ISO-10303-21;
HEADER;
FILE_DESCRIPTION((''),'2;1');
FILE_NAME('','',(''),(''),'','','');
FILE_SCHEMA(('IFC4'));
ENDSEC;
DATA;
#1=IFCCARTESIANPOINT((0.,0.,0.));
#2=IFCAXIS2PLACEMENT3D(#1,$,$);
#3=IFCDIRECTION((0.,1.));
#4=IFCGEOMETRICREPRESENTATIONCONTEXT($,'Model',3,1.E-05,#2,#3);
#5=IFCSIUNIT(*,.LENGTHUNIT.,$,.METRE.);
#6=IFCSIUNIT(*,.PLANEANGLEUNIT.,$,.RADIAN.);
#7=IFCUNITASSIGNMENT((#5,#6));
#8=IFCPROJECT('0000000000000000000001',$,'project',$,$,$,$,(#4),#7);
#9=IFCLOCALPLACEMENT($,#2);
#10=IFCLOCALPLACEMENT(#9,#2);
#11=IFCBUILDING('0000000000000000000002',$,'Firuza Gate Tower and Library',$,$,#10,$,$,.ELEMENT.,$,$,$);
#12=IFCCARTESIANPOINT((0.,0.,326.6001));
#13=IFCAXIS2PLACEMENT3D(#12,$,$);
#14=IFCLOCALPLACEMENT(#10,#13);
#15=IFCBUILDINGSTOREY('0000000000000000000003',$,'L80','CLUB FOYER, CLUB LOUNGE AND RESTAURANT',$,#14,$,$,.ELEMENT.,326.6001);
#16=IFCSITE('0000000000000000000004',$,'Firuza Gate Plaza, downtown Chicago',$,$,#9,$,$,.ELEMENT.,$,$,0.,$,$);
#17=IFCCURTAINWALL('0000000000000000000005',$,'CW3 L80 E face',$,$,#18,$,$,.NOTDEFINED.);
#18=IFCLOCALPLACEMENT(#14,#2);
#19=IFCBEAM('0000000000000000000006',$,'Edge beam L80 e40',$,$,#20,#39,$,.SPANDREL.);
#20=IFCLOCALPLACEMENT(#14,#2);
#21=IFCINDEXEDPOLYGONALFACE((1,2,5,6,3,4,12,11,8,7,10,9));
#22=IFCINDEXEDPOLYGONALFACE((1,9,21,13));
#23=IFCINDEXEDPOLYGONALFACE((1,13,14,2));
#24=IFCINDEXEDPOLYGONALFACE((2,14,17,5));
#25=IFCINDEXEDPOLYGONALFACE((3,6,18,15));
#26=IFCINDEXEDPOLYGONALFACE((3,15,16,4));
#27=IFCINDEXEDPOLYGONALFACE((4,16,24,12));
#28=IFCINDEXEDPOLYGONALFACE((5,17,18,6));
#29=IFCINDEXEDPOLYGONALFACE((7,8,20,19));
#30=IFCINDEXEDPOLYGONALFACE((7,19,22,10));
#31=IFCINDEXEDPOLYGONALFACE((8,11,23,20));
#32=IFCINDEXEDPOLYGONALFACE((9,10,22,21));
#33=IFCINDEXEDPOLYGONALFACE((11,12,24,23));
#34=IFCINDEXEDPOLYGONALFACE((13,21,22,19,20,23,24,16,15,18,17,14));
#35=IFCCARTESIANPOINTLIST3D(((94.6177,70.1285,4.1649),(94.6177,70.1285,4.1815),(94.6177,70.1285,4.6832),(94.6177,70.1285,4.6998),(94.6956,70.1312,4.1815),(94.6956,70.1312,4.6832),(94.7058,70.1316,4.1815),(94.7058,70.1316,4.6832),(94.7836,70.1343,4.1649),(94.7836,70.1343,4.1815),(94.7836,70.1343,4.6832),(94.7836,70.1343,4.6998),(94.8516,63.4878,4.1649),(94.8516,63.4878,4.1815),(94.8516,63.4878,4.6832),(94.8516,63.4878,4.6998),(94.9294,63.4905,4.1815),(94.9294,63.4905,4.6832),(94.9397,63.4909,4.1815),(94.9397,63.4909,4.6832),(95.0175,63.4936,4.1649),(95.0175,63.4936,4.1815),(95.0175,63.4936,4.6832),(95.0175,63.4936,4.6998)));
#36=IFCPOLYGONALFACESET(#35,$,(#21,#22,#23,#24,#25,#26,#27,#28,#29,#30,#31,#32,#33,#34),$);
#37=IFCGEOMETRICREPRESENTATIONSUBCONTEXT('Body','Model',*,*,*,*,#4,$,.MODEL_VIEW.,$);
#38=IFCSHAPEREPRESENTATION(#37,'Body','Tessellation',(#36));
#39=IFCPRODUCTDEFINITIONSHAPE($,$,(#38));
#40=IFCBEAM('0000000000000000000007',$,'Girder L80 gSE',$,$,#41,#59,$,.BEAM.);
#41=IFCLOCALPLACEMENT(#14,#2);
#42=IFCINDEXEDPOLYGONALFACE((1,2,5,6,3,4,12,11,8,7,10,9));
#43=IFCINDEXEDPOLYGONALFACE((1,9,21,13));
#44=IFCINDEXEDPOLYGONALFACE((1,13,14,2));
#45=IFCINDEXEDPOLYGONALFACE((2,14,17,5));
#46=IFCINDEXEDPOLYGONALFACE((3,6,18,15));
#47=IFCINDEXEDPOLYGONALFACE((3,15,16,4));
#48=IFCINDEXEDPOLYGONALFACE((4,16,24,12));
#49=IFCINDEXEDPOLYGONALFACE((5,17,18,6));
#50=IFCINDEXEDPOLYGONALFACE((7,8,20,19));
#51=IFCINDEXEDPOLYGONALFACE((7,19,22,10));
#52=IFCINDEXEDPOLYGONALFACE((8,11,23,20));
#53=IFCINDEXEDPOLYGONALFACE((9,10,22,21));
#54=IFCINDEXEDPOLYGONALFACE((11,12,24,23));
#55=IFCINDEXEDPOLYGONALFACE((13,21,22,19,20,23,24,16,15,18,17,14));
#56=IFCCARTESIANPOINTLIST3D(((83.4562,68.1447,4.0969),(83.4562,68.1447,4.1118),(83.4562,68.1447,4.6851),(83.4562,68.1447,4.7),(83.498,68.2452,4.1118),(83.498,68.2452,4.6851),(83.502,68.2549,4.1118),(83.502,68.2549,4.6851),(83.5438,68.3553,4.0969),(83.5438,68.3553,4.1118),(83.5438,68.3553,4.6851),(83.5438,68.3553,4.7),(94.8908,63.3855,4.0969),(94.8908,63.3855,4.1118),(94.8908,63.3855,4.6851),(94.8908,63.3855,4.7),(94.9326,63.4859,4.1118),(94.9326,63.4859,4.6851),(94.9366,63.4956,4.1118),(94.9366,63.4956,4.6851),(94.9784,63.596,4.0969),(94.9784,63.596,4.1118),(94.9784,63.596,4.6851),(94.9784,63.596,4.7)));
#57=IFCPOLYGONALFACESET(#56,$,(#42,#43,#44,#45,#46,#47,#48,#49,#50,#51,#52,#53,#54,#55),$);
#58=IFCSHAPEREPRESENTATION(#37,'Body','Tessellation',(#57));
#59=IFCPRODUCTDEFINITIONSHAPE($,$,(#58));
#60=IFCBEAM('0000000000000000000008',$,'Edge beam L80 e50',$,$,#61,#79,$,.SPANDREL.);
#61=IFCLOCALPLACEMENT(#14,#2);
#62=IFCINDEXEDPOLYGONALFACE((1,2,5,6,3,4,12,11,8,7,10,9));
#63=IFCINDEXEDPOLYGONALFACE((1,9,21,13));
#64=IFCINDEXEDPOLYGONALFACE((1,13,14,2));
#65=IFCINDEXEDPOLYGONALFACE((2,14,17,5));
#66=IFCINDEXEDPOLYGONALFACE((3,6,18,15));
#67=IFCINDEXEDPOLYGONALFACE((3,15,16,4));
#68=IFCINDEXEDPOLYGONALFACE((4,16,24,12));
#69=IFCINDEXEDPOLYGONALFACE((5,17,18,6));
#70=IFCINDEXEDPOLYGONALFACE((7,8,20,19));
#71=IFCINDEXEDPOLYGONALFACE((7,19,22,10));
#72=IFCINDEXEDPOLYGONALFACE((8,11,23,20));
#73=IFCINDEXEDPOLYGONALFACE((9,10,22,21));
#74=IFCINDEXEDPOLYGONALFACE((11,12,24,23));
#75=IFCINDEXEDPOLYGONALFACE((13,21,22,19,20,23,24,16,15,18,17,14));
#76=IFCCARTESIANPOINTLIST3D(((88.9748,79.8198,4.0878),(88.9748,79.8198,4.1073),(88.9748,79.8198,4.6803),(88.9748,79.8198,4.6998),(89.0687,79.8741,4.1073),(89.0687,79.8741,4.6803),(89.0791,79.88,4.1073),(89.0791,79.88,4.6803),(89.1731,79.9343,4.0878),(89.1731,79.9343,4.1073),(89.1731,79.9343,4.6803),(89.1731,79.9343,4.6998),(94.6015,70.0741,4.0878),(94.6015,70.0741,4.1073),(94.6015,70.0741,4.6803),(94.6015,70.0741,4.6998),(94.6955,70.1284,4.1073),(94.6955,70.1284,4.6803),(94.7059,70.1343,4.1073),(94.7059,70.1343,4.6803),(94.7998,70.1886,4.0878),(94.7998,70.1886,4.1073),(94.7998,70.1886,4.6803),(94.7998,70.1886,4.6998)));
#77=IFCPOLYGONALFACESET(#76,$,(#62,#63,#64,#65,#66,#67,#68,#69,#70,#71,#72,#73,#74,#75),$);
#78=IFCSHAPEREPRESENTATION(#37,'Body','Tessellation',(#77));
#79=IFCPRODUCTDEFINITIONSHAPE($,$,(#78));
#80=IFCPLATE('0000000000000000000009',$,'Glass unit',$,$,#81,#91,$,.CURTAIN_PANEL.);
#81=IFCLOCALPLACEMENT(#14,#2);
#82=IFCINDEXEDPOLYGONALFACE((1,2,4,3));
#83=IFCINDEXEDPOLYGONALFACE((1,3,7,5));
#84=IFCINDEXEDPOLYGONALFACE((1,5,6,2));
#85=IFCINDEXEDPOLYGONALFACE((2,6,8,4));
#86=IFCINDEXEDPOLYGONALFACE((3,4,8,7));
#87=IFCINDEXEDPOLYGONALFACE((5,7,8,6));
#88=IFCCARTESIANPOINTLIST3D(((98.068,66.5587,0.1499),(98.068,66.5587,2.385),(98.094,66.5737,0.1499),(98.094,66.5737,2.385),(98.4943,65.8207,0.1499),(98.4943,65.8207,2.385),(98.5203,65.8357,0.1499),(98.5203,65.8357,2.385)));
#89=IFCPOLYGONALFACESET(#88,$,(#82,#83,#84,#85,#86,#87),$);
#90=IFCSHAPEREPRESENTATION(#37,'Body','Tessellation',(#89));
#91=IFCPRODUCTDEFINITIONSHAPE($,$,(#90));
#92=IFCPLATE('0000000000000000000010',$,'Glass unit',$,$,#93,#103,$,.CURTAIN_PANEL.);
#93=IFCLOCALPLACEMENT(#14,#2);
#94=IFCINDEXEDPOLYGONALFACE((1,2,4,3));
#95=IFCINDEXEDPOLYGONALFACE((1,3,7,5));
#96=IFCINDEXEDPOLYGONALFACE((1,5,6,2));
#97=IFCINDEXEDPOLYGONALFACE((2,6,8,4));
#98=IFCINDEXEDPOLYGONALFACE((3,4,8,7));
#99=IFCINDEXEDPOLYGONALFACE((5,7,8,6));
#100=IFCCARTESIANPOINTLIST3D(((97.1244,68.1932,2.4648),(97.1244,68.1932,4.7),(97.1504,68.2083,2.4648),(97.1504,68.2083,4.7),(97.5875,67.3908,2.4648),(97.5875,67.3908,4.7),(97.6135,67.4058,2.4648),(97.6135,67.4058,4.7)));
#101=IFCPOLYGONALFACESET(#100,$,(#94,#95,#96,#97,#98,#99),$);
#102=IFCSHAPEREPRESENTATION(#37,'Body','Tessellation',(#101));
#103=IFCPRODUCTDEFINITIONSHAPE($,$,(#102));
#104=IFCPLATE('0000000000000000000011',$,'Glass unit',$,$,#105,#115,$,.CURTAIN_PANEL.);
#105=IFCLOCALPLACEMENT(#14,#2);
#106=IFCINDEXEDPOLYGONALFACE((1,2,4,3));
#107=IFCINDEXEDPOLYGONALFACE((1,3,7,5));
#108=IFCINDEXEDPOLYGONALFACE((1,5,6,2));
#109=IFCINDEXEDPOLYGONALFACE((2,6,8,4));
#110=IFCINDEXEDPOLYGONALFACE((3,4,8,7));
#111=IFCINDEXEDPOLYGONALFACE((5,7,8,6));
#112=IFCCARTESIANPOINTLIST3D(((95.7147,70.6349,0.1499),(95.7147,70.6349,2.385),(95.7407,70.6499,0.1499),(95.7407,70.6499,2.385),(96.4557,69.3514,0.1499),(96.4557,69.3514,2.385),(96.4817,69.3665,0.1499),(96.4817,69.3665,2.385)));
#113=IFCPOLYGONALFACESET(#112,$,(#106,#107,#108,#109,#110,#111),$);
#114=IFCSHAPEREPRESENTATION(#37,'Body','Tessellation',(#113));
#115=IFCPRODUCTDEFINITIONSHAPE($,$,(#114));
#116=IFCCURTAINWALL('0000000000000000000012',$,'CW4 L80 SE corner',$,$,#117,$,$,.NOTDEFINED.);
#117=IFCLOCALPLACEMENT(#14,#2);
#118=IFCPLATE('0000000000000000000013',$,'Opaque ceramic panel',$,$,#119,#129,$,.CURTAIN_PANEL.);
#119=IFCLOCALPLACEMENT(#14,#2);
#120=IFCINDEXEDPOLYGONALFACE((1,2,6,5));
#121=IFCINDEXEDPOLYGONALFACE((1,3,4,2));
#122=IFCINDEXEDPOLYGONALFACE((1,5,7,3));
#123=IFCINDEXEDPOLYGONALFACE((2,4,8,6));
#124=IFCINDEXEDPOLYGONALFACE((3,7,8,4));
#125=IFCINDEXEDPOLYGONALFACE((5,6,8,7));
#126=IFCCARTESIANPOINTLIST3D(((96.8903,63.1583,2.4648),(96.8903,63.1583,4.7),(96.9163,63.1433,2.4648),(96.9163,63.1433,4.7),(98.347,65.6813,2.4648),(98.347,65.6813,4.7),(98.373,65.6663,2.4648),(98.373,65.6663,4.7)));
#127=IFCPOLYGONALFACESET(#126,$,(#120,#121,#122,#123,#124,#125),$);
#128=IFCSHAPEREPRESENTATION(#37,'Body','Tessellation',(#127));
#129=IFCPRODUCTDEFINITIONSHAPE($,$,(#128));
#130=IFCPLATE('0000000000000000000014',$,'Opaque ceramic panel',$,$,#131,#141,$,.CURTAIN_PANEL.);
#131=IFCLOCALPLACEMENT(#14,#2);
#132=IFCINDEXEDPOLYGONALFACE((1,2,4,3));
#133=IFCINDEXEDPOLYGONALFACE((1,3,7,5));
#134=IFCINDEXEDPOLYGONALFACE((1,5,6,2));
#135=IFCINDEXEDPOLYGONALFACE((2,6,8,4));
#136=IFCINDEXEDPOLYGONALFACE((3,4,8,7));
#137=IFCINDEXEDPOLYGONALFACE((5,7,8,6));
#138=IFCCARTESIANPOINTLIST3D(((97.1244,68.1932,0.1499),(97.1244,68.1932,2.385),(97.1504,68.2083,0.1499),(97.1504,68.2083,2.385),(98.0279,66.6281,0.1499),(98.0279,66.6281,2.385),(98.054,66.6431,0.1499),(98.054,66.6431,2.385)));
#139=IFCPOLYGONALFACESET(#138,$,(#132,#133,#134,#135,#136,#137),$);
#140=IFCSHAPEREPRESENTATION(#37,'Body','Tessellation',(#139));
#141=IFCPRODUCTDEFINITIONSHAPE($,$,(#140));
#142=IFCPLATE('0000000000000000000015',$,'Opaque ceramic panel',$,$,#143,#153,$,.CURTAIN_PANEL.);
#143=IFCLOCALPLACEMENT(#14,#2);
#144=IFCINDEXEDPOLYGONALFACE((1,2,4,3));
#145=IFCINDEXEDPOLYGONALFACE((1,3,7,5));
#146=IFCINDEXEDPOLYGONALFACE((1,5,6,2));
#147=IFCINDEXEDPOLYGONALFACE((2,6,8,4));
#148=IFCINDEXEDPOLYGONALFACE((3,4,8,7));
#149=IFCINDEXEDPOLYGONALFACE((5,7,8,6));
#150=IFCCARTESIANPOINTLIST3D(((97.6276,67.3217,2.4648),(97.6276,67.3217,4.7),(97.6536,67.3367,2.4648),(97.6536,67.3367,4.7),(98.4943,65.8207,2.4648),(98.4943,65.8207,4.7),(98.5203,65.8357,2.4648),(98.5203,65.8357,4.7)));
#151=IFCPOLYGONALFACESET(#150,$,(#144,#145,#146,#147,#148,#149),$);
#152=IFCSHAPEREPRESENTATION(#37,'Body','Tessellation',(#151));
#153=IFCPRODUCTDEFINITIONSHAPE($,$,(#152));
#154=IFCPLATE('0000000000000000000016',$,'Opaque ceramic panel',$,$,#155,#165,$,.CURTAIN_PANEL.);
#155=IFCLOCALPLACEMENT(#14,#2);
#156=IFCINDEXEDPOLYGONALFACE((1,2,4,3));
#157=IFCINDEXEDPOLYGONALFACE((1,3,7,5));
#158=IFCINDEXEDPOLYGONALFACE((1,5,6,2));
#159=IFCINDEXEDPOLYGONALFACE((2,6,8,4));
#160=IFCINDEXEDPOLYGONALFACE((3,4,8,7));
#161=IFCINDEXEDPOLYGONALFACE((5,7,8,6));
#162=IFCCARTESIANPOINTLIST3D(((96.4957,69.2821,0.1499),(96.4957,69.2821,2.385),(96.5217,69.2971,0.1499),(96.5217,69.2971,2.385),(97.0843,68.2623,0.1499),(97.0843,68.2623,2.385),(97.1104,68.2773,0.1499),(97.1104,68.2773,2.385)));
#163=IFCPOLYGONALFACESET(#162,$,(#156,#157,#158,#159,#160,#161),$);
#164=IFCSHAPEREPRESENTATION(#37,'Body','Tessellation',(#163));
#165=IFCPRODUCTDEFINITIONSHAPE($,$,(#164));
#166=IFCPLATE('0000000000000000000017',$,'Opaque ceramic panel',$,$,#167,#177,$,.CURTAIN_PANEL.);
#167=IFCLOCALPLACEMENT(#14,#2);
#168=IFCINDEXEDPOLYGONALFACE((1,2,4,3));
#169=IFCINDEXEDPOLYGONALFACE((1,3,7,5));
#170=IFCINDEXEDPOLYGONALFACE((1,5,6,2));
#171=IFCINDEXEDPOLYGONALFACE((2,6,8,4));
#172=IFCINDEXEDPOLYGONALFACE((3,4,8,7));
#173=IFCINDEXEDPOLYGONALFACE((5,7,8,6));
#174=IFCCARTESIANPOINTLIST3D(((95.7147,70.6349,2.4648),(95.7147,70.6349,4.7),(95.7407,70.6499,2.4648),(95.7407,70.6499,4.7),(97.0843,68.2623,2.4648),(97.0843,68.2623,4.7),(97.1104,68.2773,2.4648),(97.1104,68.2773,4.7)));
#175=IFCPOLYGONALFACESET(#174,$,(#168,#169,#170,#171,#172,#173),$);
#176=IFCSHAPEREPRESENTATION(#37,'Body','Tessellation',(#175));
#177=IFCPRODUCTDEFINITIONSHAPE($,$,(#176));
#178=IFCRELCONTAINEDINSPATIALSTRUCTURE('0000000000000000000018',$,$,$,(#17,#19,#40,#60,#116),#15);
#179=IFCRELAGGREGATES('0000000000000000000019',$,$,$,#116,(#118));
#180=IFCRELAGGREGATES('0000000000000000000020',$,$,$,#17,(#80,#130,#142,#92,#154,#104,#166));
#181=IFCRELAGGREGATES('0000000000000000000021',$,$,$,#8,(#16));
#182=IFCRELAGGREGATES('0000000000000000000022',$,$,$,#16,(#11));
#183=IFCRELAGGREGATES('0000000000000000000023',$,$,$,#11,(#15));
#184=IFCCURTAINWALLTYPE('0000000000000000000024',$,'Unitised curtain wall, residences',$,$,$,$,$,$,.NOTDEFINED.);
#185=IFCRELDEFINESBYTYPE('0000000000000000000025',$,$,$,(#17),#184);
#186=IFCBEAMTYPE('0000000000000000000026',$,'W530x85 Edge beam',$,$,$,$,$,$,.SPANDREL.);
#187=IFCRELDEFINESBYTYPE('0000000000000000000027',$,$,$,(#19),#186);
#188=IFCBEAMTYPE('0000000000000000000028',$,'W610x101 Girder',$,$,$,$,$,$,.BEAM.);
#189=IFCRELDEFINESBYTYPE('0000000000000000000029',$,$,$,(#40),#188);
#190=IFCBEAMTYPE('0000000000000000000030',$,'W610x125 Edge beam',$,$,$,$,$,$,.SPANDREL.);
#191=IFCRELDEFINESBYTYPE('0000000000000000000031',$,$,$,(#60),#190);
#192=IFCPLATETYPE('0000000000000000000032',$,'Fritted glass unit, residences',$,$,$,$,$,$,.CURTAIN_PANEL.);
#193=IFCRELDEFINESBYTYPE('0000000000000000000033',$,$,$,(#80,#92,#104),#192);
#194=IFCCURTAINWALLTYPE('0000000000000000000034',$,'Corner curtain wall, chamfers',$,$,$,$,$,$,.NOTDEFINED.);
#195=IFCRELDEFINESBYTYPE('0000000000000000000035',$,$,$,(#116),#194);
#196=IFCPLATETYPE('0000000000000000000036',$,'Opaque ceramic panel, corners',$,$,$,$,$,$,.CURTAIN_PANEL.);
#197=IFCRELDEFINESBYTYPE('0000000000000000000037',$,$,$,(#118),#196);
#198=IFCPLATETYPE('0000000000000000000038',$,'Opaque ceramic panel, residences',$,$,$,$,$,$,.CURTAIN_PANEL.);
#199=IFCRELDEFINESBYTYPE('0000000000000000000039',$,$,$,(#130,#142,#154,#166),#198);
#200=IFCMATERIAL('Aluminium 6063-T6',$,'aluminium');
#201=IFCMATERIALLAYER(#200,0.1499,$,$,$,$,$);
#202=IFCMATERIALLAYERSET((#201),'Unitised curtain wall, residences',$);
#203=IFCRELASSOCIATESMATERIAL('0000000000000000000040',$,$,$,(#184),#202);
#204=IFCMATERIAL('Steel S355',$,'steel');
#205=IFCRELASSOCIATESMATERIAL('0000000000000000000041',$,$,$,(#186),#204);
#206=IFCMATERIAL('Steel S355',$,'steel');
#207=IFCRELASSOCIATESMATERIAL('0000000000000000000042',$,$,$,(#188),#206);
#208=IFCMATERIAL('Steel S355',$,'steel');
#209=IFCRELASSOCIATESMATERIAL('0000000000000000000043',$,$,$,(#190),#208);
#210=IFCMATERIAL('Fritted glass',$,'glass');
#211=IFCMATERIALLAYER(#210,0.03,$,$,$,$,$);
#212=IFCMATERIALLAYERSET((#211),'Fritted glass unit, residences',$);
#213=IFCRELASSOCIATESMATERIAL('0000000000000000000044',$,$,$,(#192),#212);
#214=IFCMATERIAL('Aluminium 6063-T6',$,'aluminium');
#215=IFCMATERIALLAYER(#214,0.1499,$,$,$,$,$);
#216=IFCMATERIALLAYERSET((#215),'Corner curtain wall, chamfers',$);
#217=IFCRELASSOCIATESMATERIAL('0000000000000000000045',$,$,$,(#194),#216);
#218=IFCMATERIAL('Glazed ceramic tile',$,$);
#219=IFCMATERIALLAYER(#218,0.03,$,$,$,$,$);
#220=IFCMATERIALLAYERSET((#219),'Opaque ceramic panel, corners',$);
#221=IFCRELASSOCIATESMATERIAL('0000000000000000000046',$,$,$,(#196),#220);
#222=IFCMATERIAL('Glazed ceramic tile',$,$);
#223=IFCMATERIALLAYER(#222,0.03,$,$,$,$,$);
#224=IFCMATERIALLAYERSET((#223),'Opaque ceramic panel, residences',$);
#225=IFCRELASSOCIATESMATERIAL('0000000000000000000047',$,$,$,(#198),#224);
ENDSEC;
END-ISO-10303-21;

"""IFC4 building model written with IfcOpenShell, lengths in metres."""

from ifc_helpers import new_model, si_unit, direction, frame, origin, origin_2d, place, context, subcontext, project, spatial, polyline, i_section, outline, extrude, material, layer, layer_set, material_profile, profile_set, type_object, element, aggregate, save


model = new_model("IFC4")

# Units and contexts
model_context = context("Model", 3, precision=1e-05, world=origin(), true_north=direction((0.0, 1.0)))
body_context = subcontext(model_context, "Body", "Model", "MODEL_VIEW")
ifc_project = project(units=[si_unit("LENGTHUNIT", "METRE"), si_unit("PLANEANGLEUNIT", "RADIAN")], contexts=[model_context])

# Site, building, storey
site_placement = place(None, origin())
site = spatial("IfcSite", under=ifc_project, at=site_placement, Name="Firuza Gate Plaza, downtown Chicago", CompositionType="ELEMENT", RefElevation=0.0)
building_placement = place(site_placement, origin())
building = spatial("IfcBuilding", under=site, at=building_placement, Name="Firuza Gate Tower and Library", CompositionType="ELEMENT")
storey_placement = place(building_placement, frame((0.0, 0.0, 326.6001)))
storey = spatial("IfcBuildingStorey", under=building, at=storey_placement, Name="L80", Description="CLUB FOYER, CLUB LOUNGE AND RESTAURANT", CompositionType="ELEMENT", Elevation=326.6001)

# Curtain wall
ifc_material_1 = material(Name="Aluminium 6063-T6", Category="aluminium")
ifc_layer_1 = layer(ifc_material_1, 0.1499)
ifc_layer_set_1 = layer_set([ifc_layer_1], Name="Unitised curtain wall, residences")
curtain_wall_type_1 = type_object("IfcCurtainWallType", Name="Unitised curtain wall, residences", PredefinedType="NOTDEFINED", material=ifc_layer_set_1)
placement = place(storey_placement, origin())
curtain_wall_1 = element("IfcCurtainWall", 1, at=placement, inside=storey, type_object=curtain_wall_type_1, Name="CW3 L80 E face", PredefinedType="NOTDEFINED")

# Beams
ifc_material_2 = material(Name="Steel S355", Category="steel")
ifc_material_profile_1 = material_profile(ifc_material_2, i_section(OverallWidth=0.166, OverallDepth=0.5349, WebThickness=0.0103, FlangeThickness=0.0166, at=origin_2d()))
ifc_profile_set_1 = profile_set([ifc_material_profile_1], Name="Steel S355")
beam_type_1 = type_object("IfcBeamType", Name="W530x85 Edge beam", PredefinedType="SPANDREL", material=ifc_profile_set_1)
beam_1_placement = place(storey_placement, frame((94.9346, 63.4907, 4.4324), z_axis=(-0.035199, 0.99938, 0.0), x_axis=(-0.99938, -0.035199, 0.0)))
element("IfcBeam", 2, at=beam_1_placement, inside=storey, type_object=beam_type_1, Name="Edge beam L80 e40", PredefinedType="SPANDREL", context=body_context, shape_type="SweptSolid", body=[
    extrude(i_section(OverallWidth=0.166, OverallDepth=0.5349, WebThickness=0.0103, FlangeThickness=0.0166, at=origin_2d()), origin(), (0.0, 0.0, 1.0), 6.6448),
])
ifc_material_3 = material(Name="Steel S355", Category="steel")
ifc_material_profile_2 = material_profile(ifc_material_3, i_section(OverallWidth=0.228, OverallDepth=0.603, WebThickness=0.0105, FlangeThickness=0.0149, at=origin_2d()))
ifc_profile_set_2 = profile_set([ifc_material_profile_2], Name="Steel S355")
beam_type_2 = type_object("IfcBeamType", Name="W610x101 Girder", PredefinedType="BEAM", material=ifc_profile_set_2)
beam_2_placement = place(storey_placement, frame((94.9346, 63.4907, 4.3984), z_axis=(-0.923224, 0.384263, 0.0), x_axis=(-0.384263, -0.923224, 0.0)))
element("IfcBeam", 3, at=beam_2_placement, inside=storey, type_object=beam_type_2, Name="Girder L80 gSE", PredefinedType="BEAM", context=body_context, shape_type="SweptSolid", body=[
    extrude(i_section(OverallWidth=0.228, OverallDepth=0.603, WebThickness=0.0105, FlangeThickness=0.0149, at=origin_2d()), origin(), (0.0, 0.0, 1.0), 12.3855),
])
ifc_material_4 = material(Name="Steel S355", Category="steel")
ifc_material_profile_3 = material_profile(ifc_material_4, i_section(OverallWidth=0.229, OverallDepth=0.6121, WebThickness=0.012, FlangeThickness=0.0195, at=origin_2d()))
ifc_profile_set_3 = profile_set([ifc_material_profile_3], Name="Steel S355")
beam_type_3 = type_object("IfcBeamType", Name="W610x125 Edge beam", PredefinedType="SPANDREL", material=ifc_profile_set_3)
beam_3_placement = place(storey_placement, frame((94.7007, 70.1313, 4.3938), z_axis=(-0.500005, 0.866022, 0.0), x_axis=(-0.866022, -0.500005, 0.0)))
element("IfcBeam", 4, at=beam_3_placement, inside=storey, type_object=beam_type_3, Name="Edge beam L80 e50", PredefinedType="SPANDREL", context=body_context, shape_type="SweptSolid", body=[
    extrude(i_section(OverallWidth=0.229, OverallDepth=0.6121, WebThickness=0.012, FlangeThickness=0.0195, at=origin_2d()), origin(), (0.0, 0.0, 1.0), 11.2534),
])

# Plates
ifc_material_5 = material(Name="Fritted glass", Category="glass")
ifc_layer_2 = layer(ifc_material_5, 0.03)
ifc_layer_set_2 = layer_set([ifc_layer_2], Name="Fritted glass unit, residences")
plate_type_1 = type_object("IfcPlateType", Name="Fritted glass unit, residences", PredefinedType="CURTAIN_PANEL", material=ifc_layer_set_2)
plate_1_placement = place(storey_placement, frame((98.5203, 65.8357, 0.1499), z_axis=(0.865942, 0.500144, 0.0), x_axis=(-0.500144, 0.865942, 0.0)))
plate_1 = element("IfcPlate", 5, at=plate_1_placement, type_object=plate_type_1, Name="Glass unit", PredefinedType="CURTAIN_PANEL", context=body_context, shape_type="SweptSolid", body=[
    extrude(outline(polyline([(0.0, 0.0), (0.8523, 0.0), (0.8523, 2.2351), (0.0, 2.2351), (0.0, 0.0)])), origin(), (0.0, 0.0, -1.0), 0.03),
])
plate_2_placement = place(storey_placement, frame((97.6135, 67.4058, 2.4648), z_axis=(0.866111, 0.499852, 0.0), x_axis=(-0.499852, 0.866111, 0.0)))
plate_2 = element("IfcPlate", 6, at=plate_2_placement, type_object=plate_type_1, Name="Glass unit", PredefinedType="CURTAIN_PANEL", context=body_context, shape_type="SweptSolid", body=[
    extrude(outline(polyline([(0.0, 0.0), (0.9265, 0.0), (0.9265, 2.2351), (0.0, 2.2351), (0.0, 0.0)])), origin(), (0.0, 0.0, -1.0), 0.03),
])
plate_3_placement = place(storey_placement, frame((96.4817, 69.3665, 0.1499), z_axis=(0.866035, 0.499984, 0.0), x_axis=(-0.499984, 0.866035, 0.0)))
plate_3 = element("IfcPlate", 7, at=plate_3_placement, type_object=plate_type_1, Name="Glass unit", PredefinedType="CURTAIN_PANEL", context=body_context, shape_type="SweptSolid", body=[
    extrude(outline(polyline([(0.0, 0.0), (1.482, 0.0), (1.482, 2.2351), (0.0, 2.2351), (0.0, 0.0)])), origin(), (0.0, 0.0, -1.0), 0.03),
])

# Curtain wall, plate
ifc_material_6 = material(Name="Aluminium 6063-T6", Category="aluminium")
ifc_layer_3 = layer(ifc_material_6, 0.1499)
ifc_layer_set_3 = layer_set([ifc_layer_3], Name="Corner curtain wall, chamfers")
curtain_wall_type_2 = type_object("IfcCurtainWallType", Name="Corner curtain wall, chamfers", PredefinedType="NOTDEFINED", material=ifc_layer_set_3)
curtain_wall_2 = element("IfcCurtainWall", 8, at=placement, inside=storey, type_object=curtain_wall_type_2, Name="CW4 L80 SE corner", PredefinedType="NOTDEFINED")
ifc_material_7 = material(Name="Glazed ceramic tile")
ifc_layer_4 = layer(ifc_material_7, 0.03)
ifc_layer_set_4 = layer_set([ifc_layer_4], Name="Opaque ceramic panel, corners")
plate_type_2 = type_object("IfcPlateType", Name="Opaque ceramic panel, corners", PredefinedType="CURTAIN_PANEL", material=ifc_layer_set_4)
plate_4_placement = place(storey_placement, frame((96.9163, 63.1433, 2.4648), z_axis=(0.866001, -0.500042, 0.0), x_axis=(0.500042, 0.866001, 0.0)))
plate_4 = element("IfcPlate", 9, at=plate_4_placement, type_object=plate_type_2, Name="Opaque ceramic panel", PredefinedType="CURTAIN_PANEL", context=body_context, shape_type="SweptSolid", body=[
    extrude(outline(polyline([(0.0, 0.0), (2.9133, 0.0), (2.9133, 2.2351), (0.0, 2.2351), (0.0, 0.0)])), origin(), (0.0, 0.0, -1.0), 0.03),
])
aggregate(curtain_wall_2, [plate_4])

# Plates
ifc_material_8 = material(Name="Glazed ceramic tile")
ifc_layer_5 = layer(ifc_material_8, 0.03)
ifc_layer_set_5 = layer_set([ifc_layer_5], Name="Opaque ceramic panel, residences")
plate_type_3 = type_object("IfcPlateType", Name="Opaque ceramic panel, residences", PredefinedType="CURTAIN_PANEL", material=ifc_layer_set_5)
plate_5_placement = place(storey_placement, frame((98.054, 66.6431, 0.1499), z_axis=(0.866048, 0.49996, 0.0), x_axis=(-0.49996, 0.866048, 0.0)))
plate_5 = element("IfcPlate", 10, at=plate_5_placement, type_object=plate_type_3, Name="Opaque ceramic panel", PredefinedType="CURTAIN_PANEL", context=body_context, shape_type="SweptSolid", body=[
    extrude(outline(polyline([(0.0, 0.0), (1.8073, 0.0), (1.8073, 2.2351), (0.0, 2.2351), (0.0, 0.0)])), origin(), (0.0, 0.0, -1.0), 0.03),
])
plate_6_placement = place(storey_placement, frame((98.5203, 65.8357, 2.4648), z_axis=(0.865998, 0.500048, 0.0), x_axis=(-0.500048, 0.865998, 0.0)))
plate_6 = element("IfcPlate", 11, at=plate_6_placement, type_object=plate_type_3, Name="Opaque ceramic panel", PredefinedType="CURTAIN_PANEL", context=body_context, shape_type="SweptSolid", body=[
    extrude(outline(polyline([(0.0, 0.0), (1.7332, 0.0), (1.7332, 2.2351), (0.0, 2.2351), (0.0, 0.0)])), origin(), (0.0, 0.0, -1.0), 0.03),
])
plate_7_placement = place(storey_placement, frame((97.1104, 68.2773, 0.1499), z_axis=(0.866079, 0.499908, 0.0), x_axis=(-0.499908, 0.866079, 0.0)))
plate_7 = element("IfcPlate", 12, at=plate_7_placement, type_object=plate_type_3, Name="Opaque ceramic panel", PredefinedType="CURTAIN_PANEL", context=body_context, shape_type="SweptSolid", body=[
    extrude(outline(polyline([(0.0, 0.0), (1.1775, 0.0), (1.1775, 2.2351), (0.0, 2.2351), (0.0, 0.0)])), origin(), (0.0, 0.0, -1.0), 0.03),
])
plate_8_placement = place(storey_placement, frame((97.1104, 68.2773, 2.4648), z_axis=(0.866052, 0.499954, 0.0), x_axis=(-0.499954, 0.866052, 0.0)))
plate_8 = element("IfcPlate", 13, at=plate_8_placement, type_object=plate_type_3, Name="Opaque ceramic panel", PredefinedType="CURTAIN_PANEL", context=body_context, shape_type="SweptSolid", body=[
    extrude(outline(polyline([(0.0, 0.0), (2.7395, 0.0), (2.7395, 2.2351), (0.0, 2.2351), (0.0, 0.0)])), origin(), (0.0, 0.0, -1.0), 0.03),
])
aggregate(curtain_wall_1, [plate_1, plate_5, plate_6, plate_2, plate_7, plate_3, plate_8])

save(model, "model.ifc")
